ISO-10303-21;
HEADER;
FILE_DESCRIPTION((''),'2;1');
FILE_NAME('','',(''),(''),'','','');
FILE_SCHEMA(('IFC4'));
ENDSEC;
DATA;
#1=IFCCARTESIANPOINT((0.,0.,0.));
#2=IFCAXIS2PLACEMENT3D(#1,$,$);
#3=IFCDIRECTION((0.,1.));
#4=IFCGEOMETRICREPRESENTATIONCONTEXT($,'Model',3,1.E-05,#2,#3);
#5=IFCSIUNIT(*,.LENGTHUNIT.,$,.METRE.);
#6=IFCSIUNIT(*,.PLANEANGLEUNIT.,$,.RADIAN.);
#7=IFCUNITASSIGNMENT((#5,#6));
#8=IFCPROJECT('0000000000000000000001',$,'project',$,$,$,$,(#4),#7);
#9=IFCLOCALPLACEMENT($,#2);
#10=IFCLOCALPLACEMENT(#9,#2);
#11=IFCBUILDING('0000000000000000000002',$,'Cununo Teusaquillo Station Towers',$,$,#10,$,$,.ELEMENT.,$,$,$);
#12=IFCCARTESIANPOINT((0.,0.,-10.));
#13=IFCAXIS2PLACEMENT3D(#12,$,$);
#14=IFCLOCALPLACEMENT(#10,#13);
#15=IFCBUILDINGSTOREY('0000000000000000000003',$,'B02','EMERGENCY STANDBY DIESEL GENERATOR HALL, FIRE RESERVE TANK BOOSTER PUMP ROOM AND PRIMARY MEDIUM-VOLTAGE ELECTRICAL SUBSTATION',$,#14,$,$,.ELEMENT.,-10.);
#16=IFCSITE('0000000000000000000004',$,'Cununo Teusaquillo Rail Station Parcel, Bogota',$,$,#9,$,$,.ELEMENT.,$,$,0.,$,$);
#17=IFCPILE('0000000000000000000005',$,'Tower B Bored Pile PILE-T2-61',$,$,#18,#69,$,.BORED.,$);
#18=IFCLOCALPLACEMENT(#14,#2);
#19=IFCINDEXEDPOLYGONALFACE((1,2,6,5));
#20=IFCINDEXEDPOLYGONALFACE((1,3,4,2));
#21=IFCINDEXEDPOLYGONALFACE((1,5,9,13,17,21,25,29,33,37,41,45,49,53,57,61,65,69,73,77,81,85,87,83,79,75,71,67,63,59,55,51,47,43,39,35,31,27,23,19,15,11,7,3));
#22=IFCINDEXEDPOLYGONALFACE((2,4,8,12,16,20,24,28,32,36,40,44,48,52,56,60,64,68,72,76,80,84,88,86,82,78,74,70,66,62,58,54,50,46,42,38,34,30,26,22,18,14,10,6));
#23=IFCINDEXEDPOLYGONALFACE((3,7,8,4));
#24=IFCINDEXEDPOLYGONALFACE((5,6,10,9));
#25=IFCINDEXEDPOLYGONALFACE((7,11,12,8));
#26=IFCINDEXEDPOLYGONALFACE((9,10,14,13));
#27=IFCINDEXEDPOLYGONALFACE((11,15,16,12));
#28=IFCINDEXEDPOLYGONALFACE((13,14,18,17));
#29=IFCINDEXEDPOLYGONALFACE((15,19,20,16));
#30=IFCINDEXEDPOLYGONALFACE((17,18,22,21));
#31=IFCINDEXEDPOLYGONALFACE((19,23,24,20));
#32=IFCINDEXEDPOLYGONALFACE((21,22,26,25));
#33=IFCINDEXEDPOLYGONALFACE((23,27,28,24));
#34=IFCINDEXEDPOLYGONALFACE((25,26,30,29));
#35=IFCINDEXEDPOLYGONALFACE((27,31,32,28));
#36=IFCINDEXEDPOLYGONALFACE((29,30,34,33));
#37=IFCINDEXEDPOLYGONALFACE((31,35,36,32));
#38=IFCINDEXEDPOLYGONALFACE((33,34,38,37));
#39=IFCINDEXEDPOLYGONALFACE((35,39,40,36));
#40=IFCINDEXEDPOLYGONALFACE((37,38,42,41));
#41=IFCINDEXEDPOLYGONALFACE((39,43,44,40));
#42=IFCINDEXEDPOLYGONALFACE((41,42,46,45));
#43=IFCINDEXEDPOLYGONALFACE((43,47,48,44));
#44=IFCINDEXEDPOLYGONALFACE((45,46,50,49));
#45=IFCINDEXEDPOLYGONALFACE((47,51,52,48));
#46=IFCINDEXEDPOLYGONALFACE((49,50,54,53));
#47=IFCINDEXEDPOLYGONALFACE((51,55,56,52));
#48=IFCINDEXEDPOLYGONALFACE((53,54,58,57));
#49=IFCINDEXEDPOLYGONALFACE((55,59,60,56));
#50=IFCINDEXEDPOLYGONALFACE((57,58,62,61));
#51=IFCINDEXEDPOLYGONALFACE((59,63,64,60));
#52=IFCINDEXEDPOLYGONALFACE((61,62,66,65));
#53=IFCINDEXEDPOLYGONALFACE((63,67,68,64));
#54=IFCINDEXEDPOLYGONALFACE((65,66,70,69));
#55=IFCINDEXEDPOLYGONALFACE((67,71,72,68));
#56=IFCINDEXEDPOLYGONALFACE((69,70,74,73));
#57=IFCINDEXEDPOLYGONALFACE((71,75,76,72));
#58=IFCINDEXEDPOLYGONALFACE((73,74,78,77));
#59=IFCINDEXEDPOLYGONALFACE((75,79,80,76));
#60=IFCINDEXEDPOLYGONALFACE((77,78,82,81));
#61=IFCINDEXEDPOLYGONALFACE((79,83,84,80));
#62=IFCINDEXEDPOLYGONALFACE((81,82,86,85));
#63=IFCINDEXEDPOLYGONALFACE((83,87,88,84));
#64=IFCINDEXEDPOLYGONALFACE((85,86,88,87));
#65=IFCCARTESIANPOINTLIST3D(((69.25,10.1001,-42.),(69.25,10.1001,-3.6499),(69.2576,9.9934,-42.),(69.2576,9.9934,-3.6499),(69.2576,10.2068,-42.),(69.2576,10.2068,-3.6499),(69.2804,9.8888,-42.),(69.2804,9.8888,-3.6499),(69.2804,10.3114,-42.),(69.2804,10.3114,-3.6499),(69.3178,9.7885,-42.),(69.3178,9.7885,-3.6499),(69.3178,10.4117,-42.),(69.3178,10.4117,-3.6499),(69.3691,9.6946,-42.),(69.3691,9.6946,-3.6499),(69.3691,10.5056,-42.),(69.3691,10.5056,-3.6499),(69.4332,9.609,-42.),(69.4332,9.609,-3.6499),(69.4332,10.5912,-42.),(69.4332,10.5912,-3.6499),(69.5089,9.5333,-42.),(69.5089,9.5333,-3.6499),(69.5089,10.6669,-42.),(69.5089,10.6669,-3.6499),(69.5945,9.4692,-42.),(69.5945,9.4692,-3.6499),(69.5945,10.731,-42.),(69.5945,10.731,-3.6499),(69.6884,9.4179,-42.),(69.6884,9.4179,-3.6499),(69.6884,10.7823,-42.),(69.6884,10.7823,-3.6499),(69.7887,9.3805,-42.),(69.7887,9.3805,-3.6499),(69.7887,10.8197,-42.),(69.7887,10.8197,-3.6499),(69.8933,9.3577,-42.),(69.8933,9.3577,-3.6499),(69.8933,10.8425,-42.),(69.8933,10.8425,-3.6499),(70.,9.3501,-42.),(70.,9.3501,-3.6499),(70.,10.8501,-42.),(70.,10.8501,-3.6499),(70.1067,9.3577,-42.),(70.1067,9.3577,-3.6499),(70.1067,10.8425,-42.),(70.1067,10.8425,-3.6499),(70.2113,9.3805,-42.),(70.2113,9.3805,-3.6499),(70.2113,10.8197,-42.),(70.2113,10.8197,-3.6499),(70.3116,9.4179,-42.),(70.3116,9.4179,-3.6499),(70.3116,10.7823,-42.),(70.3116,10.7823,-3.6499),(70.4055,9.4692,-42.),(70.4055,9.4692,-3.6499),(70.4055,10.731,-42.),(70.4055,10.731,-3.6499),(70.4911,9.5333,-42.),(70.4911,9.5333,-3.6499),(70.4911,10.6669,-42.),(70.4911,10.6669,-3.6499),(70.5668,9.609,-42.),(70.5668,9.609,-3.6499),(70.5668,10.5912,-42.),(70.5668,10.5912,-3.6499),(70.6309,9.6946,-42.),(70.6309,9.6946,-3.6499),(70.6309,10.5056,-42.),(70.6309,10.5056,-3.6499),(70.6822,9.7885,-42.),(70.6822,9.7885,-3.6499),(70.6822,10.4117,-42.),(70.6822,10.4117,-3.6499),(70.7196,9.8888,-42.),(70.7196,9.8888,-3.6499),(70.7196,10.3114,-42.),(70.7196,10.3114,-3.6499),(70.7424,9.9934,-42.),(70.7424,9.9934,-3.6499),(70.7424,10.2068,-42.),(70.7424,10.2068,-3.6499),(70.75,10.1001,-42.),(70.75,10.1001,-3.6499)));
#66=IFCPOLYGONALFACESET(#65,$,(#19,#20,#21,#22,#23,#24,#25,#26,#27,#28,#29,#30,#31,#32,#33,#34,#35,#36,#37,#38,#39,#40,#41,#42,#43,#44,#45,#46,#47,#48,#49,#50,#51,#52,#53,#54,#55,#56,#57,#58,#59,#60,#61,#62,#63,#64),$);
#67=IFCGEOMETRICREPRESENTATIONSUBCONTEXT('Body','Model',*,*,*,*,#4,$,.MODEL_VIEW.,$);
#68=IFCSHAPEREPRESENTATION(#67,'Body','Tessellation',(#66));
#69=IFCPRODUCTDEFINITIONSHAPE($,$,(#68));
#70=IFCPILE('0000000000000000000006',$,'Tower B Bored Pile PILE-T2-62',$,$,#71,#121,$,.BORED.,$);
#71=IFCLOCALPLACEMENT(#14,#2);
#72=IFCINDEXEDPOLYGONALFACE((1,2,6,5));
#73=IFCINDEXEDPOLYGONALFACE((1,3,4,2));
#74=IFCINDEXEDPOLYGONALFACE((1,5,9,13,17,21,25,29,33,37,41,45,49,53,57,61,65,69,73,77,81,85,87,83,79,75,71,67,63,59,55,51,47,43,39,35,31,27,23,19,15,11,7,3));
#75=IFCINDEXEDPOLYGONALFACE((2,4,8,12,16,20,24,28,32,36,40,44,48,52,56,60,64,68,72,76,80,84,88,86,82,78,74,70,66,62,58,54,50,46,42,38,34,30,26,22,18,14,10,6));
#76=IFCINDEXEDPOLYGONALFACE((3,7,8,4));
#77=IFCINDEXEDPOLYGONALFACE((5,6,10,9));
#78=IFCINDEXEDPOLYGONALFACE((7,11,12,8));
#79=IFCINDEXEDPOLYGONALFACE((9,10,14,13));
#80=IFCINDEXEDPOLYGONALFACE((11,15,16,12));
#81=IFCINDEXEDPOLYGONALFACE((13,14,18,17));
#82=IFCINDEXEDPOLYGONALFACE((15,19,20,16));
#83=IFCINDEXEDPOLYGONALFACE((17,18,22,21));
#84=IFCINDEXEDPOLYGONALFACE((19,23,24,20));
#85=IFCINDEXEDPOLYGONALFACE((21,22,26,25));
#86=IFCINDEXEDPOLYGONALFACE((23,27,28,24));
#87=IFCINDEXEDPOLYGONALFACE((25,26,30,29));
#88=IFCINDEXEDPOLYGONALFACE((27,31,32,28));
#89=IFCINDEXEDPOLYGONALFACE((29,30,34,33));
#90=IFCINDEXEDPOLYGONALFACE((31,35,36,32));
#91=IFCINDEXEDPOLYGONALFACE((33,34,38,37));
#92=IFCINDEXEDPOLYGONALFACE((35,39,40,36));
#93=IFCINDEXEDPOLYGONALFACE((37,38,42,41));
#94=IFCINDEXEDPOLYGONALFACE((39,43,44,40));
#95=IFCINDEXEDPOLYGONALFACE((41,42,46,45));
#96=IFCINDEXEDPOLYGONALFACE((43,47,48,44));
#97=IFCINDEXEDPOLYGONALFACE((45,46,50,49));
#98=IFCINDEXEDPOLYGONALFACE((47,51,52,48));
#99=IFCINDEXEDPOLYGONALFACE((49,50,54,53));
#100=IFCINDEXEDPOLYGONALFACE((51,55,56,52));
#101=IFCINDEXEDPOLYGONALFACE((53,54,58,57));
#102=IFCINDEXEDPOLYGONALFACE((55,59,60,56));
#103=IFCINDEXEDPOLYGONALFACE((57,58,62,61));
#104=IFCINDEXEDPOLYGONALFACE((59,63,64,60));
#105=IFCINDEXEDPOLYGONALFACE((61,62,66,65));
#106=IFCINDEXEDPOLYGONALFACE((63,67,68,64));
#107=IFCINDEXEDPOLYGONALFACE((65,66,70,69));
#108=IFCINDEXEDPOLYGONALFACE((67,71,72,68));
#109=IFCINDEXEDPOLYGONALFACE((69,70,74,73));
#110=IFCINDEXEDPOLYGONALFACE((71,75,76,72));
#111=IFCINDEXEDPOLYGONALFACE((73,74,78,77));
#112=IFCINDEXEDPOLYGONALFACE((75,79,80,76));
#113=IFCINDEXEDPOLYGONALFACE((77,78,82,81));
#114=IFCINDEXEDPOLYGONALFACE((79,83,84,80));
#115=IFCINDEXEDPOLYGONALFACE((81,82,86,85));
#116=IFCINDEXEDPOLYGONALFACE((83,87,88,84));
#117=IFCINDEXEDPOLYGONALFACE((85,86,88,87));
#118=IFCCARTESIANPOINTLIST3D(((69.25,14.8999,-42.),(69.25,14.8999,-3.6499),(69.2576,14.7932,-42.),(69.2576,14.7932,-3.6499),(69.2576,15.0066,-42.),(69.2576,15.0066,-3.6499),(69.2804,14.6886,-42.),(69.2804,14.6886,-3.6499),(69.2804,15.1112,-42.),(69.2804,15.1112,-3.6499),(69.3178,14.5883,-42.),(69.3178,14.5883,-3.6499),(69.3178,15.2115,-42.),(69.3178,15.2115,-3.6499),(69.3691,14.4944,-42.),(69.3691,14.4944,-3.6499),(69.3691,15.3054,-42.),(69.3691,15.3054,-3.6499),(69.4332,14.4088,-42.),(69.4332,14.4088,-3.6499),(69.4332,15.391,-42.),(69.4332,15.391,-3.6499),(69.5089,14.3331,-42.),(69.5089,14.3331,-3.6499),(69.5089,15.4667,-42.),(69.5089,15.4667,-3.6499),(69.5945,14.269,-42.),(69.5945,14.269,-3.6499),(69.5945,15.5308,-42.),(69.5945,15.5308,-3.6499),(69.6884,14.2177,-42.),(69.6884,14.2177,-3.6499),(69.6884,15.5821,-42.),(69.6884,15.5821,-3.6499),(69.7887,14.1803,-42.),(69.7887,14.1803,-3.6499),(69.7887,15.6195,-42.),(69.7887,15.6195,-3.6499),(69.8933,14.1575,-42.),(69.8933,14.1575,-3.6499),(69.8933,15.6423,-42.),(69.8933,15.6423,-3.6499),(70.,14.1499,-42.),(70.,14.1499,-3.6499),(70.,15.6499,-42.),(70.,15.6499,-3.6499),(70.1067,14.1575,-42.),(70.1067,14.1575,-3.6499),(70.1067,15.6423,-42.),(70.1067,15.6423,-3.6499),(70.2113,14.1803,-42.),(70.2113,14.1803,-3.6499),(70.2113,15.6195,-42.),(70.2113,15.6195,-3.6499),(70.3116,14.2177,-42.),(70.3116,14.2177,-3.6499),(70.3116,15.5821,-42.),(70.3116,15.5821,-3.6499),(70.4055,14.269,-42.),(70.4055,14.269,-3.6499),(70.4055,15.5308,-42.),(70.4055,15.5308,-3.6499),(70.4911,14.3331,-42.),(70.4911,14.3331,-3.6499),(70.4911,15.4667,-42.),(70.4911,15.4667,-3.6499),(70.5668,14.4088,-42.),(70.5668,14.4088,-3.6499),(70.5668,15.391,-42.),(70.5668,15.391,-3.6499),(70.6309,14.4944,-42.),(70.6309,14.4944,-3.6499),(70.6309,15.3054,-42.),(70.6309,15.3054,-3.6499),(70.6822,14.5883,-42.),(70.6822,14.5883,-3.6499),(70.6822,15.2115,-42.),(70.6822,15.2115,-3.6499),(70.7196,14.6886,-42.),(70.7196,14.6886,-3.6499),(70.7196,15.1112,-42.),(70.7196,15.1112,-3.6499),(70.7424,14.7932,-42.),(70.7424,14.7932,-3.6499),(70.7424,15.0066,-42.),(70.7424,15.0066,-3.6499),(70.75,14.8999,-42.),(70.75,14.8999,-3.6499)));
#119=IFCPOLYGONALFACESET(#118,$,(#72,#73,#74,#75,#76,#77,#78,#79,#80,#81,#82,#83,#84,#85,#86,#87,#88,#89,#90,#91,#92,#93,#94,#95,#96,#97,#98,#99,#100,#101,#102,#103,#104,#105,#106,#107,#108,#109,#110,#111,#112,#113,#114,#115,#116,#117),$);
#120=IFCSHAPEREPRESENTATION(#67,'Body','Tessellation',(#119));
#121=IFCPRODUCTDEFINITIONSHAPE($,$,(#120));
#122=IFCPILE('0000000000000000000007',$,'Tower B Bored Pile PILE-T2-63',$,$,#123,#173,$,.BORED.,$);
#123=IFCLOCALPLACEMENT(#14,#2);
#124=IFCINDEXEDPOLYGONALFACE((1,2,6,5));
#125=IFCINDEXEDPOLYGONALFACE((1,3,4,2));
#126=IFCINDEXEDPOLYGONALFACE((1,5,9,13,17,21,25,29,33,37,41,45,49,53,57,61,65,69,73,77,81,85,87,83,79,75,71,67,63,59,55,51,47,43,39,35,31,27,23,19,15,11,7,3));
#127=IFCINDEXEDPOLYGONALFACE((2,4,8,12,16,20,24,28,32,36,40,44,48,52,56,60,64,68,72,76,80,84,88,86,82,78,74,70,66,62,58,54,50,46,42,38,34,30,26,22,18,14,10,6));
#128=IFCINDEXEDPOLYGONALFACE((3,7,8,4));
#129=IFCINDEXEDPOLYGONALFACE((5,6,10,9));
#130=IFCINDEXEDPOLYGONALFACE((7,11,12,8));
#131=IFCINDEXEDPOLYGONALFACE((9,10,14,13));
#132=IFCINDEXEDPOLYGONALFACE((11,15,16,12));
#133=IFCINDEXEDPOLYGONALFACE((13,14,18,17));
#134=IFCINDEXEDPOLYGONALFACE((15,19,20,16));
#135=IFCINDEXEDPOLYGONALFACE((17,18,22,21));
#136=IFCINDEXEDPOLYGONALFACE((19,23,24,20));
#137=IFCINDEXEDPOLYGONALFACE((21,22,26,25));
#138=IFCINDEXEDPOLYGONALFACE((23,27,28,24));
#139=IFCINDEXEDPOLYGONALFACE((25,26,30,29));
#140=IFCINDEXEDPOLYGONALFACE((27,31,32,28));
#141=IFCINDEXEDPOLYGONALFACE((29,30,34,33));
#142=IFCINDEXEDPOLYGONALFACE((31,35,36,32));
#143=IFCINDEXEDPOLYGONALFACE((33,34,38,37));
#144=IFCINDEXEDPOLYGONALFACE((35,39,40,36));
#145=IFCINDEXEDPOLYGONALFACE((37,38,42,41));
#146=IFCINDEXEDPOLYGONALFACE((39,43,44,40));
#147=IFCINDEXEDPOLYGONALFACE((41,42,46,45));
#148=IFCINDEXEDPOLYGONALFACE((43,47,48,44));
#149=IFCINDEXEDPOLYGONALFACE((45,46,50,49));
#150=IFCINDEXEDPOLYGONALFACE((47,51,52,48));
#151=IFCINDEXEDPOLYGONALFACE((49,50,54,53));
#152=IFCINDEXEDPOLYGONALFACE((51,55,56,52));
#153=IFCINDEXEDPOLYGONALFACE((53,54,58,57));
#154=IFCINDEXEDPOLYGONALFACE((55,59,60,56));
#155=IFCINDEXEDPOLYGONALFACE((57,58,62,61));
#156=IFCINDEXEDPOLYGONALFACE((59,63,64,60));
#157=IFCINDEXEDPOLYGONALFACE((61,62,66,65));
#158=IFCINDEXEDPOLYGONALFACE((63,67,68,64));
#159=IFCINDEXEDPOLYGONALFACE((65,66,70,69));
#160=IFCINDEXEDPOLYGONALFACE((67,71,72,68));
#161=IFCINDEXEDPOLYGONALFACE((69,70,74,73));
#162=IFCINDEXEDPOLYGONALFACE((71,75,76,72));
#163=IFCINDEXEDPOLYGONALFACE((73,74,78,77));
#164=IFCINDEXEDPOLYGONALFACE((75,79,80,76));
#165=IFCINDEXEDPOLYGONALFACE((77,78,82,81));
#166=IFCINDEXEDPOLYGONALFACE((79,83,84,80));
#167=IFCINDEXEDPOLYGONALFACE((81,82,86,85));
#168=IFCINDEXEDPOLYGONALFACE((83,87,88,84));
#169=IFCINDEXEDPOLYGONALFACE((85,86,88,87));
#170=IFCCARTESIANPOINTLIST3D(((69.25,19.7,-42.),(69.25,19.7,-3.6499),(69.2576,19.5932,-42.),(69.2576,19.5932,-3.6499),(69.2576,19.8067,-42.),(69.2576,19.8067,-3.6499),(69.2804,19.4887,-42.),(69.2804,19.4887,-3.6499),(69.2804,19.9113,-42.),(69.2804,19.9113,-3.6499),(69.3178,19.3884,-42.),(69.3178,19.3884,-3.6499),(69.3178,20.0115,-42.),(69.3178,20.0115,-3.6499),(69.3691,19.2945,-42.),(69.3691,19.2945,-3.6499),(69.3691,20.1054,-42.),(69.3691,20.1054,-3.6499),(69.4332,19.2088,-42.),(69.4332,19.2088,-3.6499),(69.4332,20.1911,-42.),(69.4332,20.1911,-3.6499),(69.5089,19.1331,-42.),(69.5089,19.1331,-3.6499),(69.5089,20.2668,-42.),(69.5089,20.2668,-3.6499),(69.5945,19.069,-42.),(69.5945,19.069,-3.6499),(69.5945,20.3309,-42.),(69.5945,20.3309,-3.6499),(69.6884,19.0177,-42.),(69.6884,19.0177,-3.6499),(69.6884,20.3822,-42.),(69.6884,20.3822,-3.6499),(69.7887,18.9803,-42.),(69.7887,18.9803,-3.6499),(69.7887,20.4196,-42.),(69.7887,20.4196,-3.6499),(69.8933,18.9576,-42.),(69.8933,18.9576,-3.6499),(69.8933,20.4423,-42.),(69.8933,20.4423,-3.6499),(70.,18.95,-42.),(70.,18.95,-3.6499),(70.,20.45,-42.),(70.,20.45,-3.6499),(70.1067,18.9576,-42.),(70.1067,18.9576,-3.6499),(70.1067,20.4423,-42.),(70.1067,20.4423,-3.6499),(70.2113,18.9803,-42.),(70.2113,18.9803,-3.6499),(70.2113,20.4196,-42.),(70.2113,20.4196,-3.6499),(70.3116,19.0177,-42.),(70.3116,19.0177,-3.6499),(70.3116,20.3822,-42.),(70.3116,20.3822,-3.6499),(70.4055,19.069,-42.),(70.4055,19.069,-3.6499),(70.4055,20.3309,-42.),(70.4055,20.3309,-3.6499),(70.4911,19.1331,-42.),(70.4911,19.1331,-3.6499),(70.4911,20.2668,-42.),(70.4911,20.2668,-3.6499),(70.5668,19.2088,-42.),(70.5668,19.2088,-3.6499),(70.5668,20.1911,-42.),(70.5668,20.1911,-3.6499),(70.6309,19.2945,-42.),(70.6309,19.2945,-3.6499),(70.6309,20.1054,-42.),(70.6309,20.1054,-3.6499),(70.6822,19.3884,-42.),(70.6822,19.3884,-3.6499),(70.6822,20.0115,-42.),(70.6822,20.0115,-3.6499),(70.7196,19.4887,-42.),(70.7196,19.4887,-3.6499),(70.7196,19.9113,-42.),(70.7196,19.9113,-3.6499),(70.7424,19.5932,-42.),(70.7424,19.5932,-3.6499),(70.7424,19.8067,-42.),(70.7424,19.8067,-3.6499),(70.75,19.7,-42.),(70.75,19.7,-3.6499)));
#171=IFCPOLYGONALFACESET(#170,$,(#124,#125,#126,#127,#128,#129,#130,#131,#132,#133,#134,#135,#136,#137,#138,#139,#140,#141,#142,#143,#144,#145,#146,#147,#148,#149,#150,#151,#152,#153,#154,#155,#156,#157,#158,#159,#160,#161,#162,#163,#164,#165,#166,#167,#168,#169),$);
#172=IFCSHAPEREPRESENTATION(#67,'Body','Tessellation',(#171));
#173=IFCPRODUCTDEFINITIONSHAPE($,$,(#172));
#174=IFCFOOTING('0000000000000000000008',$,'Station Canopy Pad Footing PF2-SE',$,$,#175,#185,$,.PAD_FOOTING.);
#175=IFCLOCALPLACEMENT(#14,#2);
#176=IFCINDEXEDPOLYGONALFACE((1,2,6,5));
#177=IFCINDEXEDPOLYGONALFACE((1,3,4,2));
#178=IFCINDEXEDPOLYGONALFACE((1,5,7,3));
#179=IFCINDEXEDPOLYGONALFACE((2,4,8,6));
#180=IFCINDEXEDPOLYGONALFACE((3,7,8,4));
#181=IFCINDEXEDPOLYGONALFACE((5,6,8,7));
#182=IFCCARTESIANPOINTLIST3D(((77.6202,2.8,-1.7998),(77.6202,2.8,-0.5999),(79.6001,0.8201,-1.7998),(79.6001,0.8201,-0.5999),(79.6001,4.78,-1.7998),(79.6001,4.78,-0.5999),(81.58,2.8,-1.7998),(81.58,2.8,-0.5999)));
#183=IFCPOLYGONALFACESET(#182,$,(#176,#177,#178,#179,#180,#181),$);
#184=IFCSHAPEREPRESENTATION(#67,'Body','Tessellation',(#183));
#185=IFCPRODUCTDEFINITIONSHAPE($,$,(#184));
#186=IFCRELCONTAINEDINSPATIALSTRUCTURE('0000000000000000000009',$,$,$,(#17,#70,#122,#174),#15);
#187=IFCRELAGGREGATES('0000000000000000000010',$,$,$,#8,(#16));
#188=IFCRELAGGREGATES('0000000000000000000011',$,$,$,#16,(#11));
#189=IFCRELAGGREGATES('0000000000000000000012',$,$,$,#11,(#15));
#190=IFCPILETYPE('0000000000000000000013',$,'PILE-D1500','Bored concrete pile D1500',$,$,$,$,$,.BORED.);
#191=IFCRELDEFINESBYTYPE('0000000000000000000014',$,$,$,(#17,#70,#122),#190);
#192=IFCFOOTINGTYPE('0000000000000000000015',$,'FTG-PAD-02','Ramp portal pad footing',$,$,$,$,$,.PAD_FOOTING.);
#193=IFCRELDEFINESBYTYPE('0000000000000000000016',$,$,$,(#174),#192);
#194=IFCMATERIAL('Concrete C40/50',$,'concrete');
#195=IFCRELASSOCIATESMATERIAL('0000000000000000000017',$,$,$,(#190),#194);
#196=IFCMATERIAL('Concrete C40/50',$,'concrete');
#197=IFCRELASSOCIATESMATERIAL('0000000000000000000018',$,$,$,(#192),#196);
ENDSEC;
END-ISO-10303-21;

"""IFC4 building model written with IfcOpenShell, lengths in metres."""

from ifc_helpers import new_model, si_unit, direction, frame, origin, origin_2d, place, context, subcontext, project, spatial, rectangle, circle, extrude, source, transform, mapped, material, material_profile, profile_set, type_object, element, save


model = new_model("IFC4")

# Units and contexts
model_context = context("Model", 3, precision=1e-05, world=origin(), true_north=direction((0.0, 1.0)))
body_context = subcontext(model_context, "Body", "Model", "MODEL_VIEW")
ifc_project = project(units=[si_unit("LENGTHUNIT", "METRE"), si_unit("PLANEANGLEUNIT", "RADIAN")], contexts=[model_context])

# Site, building, storey
site_placement = place(None, origin())
site = spatial("IfcSite", under=ifc_project, at=site_placement, Name="Cununo Teusaquillo Rail Station Parcel, Bogota", CompositionType="ELEMENT", RefElevation=0.0)
building_placement = place(site_placement, origin())
building = spatial("IfcBuilding", under=site, at=building_placement, Name="Cununo Teusaquillo Station Towers", CompositionType="ELEMENT")
storey_placement = place(building_placement, frame((0.0, 0.0, -10.0)))
storey = spatial("IfcBuildingStorey", under=building, at=storey_placement, Name="B02", Description="EMERGENCY STANDBY DIESEL GENERATOR HALL, FIRE RESERVE TANK BOOSTER PUMP ROOM AND PRIMARY MEDIUM-VOLTAGE ELECTRICAL SUBSTATION", CompositionType="ELEMENT", Elevation=-10.0)

# Piles
ifc_material_1 = material(Name="Concrete C40/50", Category="concrete")
ifc_material_profile_1 = material_profile(ifc_material_1, circle(Radius=0.75, at=origin_2d()), Name="PILE-BORED-1500")
ifc_profile_set_1 = profile_set([ifc_material_profile_1], Name="Concrete C40/50")
pile_type = type_object("IfcPileType", Name="PILE-D1500", Description="Bored concrete pile D1500", PredefinedType="BORED", material=ifc_profile_set_1)
for number, where, z_axis, x_axis, name in (
    (1, (70.0, 10.1001, -3.6499), (0.0, 0.0, -1.0), (1.0, 0.0, 0.0), "Tower B Bored Pile PILE-T2-61"),
    (2, (70.0, 14.8999, -3.6499), (0.0, 0.0, -1.0), (1.0, 0.0, 0.0), "Tower B Bored Pile PILE-T2-62"),
    (3, (70.0, 19.7, -3.6499), (0.0, 0.0, -1.0), (1.0, 0.0, 0.0), "Tower B Bored Pile PILE-T2-63"),
):
    element("IfcPile", number, at=place(storey_placement, frame(where, z_axis=z_axis, x_axis=x_axis)), inside=storey, type_object=pile_type, Name=name, PredefinedType="BORED", context=body_context, shape_type="SweptSolid", body=[
        extrude(circle(Radius=0.75, at=origin_2d()), origin(), (0.0, 0.0, 1.0), 38.3501),
    ])

# Footing
ifc_material_2 = material(Name="Concrete C40/50", Category="concrete")
footing_type = type_object("IfcFootingType", Name="FTG-PAD-02", Description="Ramp portal pad footing", PredefinedType="PAD_FOOTING", material=ifc_material_2)
shared_shape_1 = source(origin(), body_context, "Body", "SweptSolid", [
    extrude(rectangle(XDim=2.8, YDim=2.8, at=origin_2d()), origin(), (0.0, 0.0, 1.0), 1.2),
])
footing_placement = place(storey_placement, frame((79.6001, 2.8, -1.7998), z_axis=(0.0, 0.0, 1.0), x_axis=(0.707107, 0.707107, 0.0)))
element("IfcFooting", 4, at=footing_placement, inside=storey, type_object=footing_type, Name="Station Canopy Pad Footing PF2-SE", PredefinedType="PAD_FOOTING", context=body_context, shape_type="MappedRepresentation", body=[
    mapped(shared_shape_1, transform((0.0, 0.0, 0.0), x_axis=(1.0, 0.0, 0.0), y_axis=(0.0, 1.0, 0.0), z_axis=(0.0, 0.0, 1.0), scale=1.0)),
])

save(model, "model.ifc")
